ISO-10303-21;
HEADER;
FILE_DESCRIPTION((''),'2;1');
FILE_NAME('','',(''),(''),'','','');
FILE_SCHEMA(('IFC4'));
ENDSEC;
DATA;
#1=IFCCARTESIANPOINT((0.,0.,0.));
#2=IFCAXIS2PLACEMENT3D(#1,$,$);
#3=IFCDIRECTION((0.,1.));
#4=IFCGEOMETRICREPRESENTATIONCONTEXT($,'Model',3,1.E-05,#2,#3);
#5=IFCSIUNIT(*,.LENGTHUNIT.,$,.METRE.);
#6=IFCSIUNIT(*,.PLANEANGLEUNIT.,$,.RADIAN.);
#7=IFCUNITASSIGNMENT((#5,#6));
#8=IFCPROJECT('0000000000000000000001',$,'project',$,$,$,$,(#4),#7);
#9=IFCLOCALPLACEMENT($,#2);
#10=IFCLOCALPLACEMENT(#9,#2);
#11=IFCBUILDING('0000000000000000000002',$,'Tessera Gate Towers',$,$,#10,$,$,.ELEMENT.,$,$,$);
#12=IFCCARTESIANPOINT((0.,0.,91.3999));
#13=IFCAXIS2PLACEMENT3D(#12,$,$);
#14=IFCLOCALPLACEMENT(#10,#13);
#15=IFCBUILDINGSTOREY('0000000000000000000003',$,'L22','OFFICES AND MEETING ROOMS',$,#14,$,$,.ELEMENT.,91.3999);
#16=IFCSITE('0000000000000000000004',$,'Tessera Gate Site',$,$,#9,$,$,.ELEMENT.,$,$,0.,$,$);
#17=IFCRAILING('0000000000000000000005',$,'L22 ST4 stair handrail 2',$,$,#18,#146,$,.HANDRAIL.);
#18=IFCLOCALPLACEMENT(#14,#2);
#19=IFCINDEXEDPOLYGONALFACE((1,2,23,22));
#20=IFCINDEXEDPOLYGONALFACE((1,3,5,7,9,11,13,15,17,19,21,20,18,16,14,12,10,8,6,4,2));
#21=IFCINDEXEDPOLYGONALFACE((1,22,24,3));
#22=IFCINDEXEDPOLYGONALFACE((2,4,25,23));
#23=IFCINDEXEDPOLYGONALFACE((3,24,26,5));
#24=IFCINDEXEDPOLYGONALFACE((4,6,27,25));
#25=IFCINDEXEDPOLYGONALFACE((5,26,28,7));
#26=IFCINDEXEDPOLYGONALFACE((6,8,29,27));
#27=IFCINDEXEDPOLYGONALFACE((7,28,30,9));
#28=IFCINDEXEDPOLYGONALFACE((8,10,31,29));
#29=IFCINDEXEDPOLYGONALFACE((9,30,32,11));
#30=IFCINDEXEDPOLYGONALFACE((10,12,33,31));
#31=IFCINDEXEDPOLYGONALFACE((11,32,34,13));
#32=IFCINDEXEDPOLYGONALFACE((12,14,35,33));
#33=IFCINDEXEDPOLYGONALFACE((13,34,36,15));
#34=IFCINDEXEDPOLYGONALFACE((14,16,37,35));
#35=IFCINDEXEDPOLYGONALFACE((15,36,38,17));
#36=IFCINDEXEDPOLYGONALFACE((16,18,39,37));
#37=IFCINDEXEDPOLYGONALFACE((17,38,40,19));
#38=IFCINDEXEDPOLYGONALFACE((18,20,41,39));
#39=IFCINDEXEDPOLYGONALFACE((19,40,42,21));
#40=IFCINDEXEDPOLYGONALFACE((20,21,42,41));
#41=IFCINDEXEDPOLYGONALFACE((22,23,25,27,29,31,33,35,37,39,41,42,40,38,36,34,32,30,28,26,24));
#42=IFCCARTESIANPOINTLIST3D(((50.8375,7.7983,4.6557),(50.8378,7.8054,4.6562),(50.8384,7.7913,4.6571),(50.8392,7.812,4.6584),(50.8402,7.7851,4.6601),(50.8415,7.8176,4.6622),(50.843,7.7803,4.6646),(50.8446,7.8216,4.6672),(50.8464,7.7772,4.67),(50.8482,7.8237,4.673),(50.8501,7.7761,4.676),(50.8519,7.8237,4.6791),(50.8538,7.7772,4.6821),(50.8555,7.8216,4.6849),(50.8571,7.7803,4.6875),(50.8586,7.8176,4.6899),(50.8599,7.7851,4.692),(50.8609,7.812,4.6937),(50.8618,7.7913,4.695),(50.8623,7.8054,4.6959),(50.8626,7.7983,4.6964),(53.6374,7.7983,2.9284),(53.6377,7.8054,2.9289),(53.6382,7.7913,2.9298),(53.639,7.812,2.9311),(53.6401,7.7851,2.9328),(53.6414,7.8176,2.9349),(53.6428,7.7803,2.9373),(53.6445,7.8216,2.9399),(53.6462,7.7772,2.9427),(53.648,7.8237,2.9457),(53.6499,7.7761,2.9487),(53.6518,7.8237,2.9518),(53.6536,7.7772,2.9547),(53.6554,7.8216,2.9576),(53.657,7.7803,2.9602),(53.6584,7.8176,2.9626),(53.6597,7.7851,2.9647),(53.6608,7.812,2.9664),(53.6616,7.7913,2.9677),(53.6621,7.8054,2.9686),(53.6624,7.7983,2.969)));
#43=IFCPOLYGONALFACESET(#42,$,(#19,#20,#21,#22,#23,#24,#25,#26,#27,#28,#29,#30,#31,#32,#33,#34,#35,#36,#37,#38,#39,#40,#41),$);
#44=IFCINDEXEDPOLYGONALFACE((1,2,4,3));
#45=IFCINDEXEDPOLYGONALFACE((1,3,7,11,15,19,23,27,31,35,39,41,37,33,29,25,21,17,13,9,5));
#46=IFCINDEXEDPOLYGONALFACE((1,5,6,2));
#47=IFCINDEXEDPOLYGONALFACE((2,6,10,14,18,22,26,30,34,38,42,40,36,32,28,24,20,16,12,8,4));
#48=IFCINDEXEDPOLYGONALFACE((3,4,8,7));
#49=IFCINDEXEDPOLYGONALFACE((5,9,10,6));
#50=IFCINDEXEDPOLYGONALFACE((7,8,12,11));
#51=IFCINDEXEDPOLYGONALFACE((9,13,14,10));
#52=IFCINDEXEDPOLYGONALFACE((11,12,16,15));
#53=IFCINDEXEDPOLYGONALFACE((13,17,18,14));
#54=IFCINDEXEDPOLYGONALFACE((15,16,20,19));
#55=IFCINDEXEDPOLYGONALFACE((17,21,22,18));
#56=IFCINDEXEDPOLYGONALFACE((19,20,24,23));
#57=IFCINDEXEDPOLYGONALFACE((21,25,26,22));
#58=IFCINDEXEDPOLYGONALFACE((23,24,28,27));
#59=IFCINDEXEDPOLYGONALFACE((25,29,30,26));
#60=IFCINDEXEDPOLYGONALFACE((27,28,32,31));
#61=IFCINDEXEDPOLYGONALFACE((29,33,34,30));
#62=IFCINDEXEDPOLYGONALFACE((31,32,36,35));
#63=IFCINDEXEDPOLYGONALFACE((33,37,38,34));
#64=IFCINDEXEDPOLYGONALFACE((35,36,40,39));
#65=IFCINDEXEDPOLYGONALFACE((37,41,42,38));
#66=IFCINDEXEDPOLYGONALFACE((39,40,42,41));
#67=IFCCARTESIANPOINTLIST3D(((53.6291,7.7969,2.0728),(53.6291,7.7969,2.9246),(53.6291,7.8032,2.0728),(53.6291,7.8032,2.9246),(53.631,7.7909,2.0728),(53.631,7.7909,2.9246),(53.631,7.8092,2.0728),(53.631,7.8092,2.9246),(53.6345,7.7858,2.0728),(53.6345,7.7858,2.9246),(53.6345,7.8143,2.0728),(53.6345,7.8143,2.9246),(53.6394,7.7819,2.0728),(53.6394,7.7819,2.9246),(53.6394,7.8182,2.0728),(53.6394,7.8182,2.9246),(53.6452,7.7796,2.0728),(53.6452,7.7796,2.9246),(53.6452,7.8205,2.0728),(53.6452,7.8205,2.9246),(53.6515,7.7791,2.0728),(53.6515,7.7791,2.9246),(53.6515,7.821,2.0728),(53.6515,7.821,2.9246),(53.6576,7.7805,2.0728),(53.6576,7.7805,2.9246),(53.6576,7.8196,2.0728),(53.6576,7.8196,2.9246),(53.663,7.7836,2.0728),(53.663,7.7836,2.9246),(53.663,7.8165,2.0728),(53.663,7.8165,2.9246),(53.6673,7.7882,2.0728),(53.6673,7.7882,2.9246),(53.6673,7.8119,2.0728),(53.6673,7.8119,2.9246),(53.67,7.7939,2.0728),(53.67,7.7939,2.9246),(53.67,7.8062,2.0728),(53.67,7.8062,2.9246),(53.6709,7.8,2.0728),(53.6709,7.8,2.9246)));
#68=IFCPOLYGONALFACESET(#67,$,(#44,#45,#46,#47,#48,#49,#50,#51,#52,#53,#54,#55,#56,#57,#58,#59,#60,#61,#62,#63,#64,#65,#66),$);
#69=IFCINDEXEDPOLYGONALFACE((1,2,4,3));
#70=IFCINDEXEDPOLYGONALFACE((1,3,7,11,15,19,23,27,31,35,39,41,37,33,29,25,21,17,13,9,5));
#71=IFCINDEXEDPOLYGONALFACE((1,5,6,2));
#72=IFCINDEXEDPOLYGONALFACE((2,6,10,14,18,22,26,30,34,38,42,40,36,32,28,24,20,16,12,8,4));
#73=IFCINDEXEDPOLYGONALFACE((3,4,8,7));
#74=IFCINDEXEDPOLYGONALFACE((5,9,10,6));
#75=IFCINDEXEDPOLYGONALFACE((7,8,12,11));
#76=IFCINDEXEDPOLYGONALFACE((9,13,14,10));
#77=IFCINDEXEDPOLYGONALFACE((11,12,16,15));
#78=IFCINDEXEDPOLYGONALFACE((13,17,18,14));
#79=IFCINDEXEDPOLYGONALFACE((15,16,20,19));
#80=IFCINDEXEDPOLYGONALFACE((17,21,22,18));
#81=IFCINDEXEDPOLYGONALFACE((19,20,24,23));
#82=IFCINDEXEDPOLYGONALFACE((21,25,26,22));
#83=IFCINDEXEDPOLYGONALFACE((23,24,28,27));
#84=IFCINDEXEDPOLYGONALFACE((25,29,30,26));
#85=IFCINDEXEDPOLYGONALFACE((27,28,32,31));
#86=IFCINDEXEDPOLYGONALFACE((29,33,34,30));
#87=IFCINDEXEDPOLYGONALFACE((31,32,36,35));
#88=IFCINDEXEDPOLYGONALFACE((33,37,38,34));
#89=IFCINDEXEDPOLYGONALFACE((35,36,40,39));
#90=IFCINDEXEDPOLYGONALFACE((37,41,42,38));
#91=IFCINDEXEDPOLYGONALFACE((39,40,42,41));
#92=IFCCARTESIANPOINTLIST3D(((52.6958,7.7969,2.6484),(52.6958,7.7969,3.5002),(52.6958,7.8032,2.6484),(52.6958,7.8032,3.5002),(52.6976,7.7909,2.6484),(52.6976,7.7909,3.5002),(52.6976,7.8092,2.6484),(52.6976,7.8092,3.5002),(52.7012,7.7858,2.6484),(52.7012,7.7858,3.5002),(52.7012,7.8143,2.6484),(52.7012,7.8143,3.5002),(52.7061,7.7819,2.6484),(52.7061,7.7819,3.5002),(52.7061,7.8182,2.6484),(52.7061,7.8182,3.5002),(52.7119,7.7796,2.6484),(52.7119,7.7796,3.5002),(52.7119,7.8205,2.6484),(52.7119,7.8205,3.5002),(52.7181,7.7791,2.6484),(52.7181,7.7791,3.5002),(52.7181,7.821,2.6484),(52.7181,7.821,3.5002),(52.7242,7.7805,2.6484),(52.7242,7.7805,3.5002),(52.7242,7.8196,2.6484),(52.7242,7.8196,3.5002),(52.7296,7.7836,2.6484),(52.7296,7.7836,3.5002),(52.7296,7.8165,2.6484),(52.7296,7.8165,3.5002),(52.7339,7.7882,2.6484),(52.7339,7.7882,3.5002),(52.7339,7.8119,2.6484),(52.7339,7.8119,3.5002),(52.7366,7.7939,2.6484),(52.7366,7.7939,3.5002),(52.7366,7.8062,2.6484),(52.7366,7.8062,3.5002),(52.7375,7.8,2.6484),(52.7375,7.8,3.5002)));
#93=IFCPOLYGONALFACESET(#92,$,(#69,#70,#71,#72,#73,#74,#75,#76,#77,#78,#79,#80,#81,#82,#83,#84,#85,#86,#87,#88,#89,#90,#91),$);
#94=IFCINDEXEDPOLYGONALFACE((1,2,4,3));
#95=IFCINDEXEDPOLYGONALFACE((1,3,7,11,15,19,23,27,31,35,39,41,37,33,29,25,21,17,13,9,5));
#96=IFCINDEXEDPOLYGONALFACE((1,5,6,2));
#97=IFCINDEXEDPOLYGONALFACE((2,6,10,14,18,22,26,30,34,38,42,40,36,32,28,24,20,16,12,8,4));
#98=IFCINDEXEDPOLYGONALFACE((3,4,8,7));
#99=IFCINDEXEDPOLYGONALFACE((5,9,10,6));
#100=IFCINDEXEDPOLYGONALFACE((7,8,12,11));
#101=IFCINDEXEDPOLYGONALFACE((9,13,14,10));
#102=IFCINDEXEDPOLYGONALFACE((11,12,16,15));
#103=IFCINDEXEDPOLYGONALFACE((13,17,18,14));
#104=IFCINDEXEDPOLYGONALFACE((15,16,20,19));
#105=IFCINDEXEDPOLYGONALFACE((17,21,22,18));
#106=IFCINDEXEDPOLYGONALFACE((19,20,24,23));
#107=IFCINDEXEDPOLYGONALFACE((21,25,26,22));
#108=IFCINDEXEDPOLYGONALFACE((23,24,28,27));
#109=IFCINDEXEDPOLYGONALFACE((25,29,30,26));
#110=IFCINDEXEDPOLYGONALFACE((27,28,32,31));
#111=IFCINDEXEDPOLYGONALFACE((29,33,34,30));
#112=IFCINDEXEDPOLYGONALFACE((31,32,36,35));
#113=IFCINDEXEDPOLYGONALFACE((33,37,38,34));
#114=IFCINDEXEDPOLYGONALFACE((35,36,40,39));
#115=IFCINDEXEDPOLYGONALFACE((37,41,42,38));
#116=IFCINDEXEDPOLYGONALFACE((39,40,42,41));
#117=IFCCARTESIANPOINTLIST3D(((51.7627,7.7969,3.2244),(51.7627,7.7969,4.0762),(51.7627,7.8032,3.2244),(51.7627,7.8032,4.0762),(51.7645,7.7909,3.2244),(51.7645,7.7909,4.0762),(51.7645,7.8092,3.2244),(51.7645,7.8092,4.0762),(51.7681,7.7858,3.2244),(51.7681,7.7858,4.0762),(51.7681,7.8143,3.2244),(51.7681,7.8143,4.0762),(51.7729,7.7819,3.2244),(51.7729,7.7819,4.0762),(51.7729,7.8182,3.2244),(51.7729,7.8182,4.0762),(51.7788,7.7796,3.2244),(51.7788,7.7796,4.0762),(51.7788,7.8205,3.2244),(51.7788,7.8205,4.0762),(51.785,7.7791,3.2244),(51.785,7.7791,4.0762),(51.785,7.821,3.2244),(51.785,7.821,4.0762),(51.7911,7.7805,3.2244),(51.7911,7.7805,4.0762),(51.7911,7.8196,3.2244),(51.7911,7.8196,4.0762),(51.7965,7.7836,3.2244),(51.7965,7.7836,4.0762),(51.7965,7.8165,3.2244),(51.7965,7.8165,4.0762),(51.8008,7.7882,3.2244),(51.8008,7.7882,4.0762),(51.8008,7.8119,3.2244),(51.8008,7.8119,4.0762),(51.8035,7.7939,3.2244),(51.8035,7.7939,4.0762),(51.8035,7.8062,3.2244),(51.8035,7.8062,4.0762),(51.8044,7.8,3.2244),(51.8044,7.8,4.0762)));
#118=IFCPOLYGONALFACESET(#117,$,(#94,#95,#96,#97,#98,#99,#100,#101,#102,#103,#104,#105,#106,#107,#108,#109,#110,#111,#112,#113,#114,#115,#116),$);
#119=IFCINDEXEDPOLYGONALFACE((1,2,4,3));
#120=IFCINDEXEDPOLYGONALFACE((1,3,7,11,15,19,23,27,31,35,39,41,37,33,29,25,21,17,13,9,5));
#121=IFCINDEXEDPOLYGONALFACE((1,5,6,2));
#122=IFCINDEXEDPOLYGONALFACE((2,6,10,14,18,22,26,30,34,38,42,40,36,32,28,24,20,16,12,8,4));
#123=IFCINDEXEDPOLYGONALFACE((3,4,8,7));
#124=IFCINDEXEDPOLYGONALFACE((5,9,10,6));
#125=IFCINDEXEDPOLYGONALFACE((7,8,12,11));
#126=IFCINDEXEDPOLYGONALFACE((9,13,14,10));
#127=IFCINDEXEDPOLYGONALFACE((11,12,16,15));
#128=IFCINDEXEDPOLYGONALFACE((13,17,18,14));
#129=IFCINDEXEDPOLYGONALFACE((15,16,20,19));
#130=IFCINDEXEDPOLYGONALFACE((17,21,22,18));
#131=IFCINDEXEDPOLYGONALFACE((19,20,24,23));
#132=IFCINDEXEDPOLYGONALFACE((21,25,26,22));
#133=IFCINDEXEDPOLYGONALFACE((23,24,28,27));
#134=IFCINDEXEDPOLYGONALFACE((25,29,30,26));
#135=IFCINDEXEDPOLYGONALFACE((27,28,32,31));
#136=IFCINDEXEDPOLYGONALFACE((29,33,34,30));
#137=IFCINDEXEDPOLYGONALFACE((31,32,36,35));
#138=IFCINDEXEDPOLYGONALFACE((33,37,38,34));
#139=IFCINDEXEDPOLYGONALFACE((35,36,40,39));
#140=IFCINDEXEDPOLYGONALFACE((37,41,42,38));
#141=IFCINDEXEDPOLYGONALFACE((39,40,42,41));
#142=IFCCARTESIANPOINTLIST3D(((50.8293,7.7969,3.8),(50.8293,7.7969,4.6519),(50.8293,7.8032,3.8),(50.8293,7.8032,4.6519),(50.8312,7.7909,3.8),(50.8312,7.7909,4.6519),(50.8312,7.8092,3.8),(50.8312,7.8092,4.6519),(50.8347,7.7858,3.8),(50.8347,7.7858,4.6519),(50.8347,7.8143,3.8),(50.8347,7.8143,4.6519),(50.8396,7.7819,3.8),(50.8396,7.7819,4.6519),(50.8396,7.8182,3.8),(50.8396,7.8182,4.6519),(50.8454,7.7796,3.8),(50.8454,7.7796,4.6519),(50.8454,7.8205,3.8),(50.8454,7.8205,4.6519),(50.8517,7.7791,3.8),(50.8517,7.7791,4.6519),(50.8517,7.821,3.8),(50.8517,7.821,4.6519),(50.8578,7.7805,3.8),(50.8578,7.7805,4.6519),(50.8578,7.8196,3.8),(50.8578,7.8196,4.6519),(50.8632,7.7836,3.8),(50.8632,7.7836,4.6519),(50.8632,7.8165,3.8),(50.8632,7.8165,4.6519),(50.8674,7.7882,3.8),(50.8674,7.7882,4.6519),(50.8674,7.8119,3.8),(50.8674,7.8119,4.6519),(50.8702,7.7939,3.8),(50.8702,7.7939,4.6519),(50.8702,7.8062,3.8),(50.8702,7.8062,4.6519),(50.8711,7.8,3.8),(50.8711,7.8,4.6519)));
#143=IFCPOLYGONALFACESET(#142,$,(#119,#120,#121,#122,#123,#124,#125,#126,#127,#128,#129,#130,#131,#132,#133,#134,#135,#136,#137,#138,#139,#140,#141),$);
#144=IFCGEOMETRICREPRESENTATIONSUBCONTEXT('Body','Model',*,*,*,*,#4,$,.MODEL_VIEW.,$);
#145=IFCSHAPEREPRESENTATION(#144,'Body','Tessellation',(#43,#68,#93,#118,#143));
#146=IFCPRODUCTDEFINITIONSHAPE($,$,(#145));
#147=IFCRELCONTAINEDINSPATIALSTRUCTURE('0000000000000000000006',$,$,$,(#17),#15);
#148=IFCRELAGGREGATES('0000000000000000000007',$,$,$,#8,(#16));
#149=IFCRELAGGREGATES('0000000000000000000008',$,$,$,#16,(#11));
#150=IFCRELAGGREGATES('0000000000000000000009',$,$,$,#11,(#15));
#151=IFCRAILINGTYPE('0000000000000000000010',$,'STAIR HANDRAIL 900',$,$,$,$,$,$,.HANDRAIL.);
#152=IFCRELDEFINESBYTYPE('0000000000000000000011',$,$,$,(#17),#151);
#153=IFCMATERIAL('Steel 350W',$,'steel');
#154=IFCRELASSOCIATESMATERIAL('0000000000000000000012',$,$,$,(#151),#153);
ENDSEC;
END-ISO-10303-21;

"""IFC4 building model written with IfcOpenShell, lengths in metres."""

from ifc_helpers import new_model, si_unit, direction, frame, origin, origin_2d, place, context, subcontext, project, spatial, circle, extrude, material, type_object, element, save


model = new_model("IFC4")

# Units and contexts
model_context = context("Model", 3, precision=1e-05, world=origin(), true_north=direction((0.0, 1.0)))
body_context = subcontext(model_context, "Body", "Model", "MODEL_VIEW")
ifc_project = project(units=[si_unit("LENGTHUNIT", "METRE"), si_unit("PLANEANGLEUNIT", "RADIAN")], contexts=[model_context])

# Site, building, storey
site_placement = place(None, origin())
site = spatial("IfcSite", under=ifc_project, at=site_placement, Name="Tessera Gate Site", CompositionType="ELEMENT", RefElevation=0.0)
building_placement = place(site_placement, origin())
building = spatial("IfcBuilding", under=site, at=building_placement, Name="Tessera Gate Towers", CompositionType="ELEMENT")
storey_placement = place(building_placement, frame((0.0, 0.0, 91.3999)))
storey = spatial("IfcBuildingStorey", under=building, at=storey_placement, Name="L22", Description="OFFICES AND MEETING ROOMS", CompositionType="ELEMENT", Elevation=91.3999)

# Railing
ifc_material_1 = material(Name="Steel 350W", Category="steel")
railing_type_1 = type_object("IfcRailingType", Name="STAIR HANDRAIL 900", PredefinedType="HANDRAIL", material=ifc_material_1)
railing_1_placement = place(storey_placement, frame((53.6499, 7.8, 2.0728)))
element("IfcRailing", 1, at=railing_1_placement, inside=storey, type_object=railing_type_1, Name="L22 ST4 stair handrail 2", PredefinedType="HANDRAIL", context=body_context, shape_type="SweptSolid", body=[
    extrude(circle(Radius=0.0239, at=origin_2d()), frame((0.0, 0.0, 0.876), z_axis=(-0.851069, 0.0, 0.525054), x_axis=(0.0, -1.0, 0.0)), (0.0, 0.0, 1.0), 3.2898),
    extrude(circle(Radius=0.021, at=origin_2d()), origin(), (0.0, 0.0, 1.0), 0.8518),
    extrude(circle(Radius=0.021, at=origin_2d()), frame((-0.9333, 0.0, 0.5757)), (0.0, 0.0, 1.0), 0.8518),
    extrude(circle(Radius=0.021, at=origin_2d()), frame((-1.8665, 0.0, 1.1516)), (0.0, 0.0, 1.0), 0.8518),
    extrude(circle(Radius=0.021, at=origin_2d()), frame((-2.7998, 0.0, 1.7273)), (0.0, 0.0, 1.0), 0.8518),
])

save(model, "model.ifc")
